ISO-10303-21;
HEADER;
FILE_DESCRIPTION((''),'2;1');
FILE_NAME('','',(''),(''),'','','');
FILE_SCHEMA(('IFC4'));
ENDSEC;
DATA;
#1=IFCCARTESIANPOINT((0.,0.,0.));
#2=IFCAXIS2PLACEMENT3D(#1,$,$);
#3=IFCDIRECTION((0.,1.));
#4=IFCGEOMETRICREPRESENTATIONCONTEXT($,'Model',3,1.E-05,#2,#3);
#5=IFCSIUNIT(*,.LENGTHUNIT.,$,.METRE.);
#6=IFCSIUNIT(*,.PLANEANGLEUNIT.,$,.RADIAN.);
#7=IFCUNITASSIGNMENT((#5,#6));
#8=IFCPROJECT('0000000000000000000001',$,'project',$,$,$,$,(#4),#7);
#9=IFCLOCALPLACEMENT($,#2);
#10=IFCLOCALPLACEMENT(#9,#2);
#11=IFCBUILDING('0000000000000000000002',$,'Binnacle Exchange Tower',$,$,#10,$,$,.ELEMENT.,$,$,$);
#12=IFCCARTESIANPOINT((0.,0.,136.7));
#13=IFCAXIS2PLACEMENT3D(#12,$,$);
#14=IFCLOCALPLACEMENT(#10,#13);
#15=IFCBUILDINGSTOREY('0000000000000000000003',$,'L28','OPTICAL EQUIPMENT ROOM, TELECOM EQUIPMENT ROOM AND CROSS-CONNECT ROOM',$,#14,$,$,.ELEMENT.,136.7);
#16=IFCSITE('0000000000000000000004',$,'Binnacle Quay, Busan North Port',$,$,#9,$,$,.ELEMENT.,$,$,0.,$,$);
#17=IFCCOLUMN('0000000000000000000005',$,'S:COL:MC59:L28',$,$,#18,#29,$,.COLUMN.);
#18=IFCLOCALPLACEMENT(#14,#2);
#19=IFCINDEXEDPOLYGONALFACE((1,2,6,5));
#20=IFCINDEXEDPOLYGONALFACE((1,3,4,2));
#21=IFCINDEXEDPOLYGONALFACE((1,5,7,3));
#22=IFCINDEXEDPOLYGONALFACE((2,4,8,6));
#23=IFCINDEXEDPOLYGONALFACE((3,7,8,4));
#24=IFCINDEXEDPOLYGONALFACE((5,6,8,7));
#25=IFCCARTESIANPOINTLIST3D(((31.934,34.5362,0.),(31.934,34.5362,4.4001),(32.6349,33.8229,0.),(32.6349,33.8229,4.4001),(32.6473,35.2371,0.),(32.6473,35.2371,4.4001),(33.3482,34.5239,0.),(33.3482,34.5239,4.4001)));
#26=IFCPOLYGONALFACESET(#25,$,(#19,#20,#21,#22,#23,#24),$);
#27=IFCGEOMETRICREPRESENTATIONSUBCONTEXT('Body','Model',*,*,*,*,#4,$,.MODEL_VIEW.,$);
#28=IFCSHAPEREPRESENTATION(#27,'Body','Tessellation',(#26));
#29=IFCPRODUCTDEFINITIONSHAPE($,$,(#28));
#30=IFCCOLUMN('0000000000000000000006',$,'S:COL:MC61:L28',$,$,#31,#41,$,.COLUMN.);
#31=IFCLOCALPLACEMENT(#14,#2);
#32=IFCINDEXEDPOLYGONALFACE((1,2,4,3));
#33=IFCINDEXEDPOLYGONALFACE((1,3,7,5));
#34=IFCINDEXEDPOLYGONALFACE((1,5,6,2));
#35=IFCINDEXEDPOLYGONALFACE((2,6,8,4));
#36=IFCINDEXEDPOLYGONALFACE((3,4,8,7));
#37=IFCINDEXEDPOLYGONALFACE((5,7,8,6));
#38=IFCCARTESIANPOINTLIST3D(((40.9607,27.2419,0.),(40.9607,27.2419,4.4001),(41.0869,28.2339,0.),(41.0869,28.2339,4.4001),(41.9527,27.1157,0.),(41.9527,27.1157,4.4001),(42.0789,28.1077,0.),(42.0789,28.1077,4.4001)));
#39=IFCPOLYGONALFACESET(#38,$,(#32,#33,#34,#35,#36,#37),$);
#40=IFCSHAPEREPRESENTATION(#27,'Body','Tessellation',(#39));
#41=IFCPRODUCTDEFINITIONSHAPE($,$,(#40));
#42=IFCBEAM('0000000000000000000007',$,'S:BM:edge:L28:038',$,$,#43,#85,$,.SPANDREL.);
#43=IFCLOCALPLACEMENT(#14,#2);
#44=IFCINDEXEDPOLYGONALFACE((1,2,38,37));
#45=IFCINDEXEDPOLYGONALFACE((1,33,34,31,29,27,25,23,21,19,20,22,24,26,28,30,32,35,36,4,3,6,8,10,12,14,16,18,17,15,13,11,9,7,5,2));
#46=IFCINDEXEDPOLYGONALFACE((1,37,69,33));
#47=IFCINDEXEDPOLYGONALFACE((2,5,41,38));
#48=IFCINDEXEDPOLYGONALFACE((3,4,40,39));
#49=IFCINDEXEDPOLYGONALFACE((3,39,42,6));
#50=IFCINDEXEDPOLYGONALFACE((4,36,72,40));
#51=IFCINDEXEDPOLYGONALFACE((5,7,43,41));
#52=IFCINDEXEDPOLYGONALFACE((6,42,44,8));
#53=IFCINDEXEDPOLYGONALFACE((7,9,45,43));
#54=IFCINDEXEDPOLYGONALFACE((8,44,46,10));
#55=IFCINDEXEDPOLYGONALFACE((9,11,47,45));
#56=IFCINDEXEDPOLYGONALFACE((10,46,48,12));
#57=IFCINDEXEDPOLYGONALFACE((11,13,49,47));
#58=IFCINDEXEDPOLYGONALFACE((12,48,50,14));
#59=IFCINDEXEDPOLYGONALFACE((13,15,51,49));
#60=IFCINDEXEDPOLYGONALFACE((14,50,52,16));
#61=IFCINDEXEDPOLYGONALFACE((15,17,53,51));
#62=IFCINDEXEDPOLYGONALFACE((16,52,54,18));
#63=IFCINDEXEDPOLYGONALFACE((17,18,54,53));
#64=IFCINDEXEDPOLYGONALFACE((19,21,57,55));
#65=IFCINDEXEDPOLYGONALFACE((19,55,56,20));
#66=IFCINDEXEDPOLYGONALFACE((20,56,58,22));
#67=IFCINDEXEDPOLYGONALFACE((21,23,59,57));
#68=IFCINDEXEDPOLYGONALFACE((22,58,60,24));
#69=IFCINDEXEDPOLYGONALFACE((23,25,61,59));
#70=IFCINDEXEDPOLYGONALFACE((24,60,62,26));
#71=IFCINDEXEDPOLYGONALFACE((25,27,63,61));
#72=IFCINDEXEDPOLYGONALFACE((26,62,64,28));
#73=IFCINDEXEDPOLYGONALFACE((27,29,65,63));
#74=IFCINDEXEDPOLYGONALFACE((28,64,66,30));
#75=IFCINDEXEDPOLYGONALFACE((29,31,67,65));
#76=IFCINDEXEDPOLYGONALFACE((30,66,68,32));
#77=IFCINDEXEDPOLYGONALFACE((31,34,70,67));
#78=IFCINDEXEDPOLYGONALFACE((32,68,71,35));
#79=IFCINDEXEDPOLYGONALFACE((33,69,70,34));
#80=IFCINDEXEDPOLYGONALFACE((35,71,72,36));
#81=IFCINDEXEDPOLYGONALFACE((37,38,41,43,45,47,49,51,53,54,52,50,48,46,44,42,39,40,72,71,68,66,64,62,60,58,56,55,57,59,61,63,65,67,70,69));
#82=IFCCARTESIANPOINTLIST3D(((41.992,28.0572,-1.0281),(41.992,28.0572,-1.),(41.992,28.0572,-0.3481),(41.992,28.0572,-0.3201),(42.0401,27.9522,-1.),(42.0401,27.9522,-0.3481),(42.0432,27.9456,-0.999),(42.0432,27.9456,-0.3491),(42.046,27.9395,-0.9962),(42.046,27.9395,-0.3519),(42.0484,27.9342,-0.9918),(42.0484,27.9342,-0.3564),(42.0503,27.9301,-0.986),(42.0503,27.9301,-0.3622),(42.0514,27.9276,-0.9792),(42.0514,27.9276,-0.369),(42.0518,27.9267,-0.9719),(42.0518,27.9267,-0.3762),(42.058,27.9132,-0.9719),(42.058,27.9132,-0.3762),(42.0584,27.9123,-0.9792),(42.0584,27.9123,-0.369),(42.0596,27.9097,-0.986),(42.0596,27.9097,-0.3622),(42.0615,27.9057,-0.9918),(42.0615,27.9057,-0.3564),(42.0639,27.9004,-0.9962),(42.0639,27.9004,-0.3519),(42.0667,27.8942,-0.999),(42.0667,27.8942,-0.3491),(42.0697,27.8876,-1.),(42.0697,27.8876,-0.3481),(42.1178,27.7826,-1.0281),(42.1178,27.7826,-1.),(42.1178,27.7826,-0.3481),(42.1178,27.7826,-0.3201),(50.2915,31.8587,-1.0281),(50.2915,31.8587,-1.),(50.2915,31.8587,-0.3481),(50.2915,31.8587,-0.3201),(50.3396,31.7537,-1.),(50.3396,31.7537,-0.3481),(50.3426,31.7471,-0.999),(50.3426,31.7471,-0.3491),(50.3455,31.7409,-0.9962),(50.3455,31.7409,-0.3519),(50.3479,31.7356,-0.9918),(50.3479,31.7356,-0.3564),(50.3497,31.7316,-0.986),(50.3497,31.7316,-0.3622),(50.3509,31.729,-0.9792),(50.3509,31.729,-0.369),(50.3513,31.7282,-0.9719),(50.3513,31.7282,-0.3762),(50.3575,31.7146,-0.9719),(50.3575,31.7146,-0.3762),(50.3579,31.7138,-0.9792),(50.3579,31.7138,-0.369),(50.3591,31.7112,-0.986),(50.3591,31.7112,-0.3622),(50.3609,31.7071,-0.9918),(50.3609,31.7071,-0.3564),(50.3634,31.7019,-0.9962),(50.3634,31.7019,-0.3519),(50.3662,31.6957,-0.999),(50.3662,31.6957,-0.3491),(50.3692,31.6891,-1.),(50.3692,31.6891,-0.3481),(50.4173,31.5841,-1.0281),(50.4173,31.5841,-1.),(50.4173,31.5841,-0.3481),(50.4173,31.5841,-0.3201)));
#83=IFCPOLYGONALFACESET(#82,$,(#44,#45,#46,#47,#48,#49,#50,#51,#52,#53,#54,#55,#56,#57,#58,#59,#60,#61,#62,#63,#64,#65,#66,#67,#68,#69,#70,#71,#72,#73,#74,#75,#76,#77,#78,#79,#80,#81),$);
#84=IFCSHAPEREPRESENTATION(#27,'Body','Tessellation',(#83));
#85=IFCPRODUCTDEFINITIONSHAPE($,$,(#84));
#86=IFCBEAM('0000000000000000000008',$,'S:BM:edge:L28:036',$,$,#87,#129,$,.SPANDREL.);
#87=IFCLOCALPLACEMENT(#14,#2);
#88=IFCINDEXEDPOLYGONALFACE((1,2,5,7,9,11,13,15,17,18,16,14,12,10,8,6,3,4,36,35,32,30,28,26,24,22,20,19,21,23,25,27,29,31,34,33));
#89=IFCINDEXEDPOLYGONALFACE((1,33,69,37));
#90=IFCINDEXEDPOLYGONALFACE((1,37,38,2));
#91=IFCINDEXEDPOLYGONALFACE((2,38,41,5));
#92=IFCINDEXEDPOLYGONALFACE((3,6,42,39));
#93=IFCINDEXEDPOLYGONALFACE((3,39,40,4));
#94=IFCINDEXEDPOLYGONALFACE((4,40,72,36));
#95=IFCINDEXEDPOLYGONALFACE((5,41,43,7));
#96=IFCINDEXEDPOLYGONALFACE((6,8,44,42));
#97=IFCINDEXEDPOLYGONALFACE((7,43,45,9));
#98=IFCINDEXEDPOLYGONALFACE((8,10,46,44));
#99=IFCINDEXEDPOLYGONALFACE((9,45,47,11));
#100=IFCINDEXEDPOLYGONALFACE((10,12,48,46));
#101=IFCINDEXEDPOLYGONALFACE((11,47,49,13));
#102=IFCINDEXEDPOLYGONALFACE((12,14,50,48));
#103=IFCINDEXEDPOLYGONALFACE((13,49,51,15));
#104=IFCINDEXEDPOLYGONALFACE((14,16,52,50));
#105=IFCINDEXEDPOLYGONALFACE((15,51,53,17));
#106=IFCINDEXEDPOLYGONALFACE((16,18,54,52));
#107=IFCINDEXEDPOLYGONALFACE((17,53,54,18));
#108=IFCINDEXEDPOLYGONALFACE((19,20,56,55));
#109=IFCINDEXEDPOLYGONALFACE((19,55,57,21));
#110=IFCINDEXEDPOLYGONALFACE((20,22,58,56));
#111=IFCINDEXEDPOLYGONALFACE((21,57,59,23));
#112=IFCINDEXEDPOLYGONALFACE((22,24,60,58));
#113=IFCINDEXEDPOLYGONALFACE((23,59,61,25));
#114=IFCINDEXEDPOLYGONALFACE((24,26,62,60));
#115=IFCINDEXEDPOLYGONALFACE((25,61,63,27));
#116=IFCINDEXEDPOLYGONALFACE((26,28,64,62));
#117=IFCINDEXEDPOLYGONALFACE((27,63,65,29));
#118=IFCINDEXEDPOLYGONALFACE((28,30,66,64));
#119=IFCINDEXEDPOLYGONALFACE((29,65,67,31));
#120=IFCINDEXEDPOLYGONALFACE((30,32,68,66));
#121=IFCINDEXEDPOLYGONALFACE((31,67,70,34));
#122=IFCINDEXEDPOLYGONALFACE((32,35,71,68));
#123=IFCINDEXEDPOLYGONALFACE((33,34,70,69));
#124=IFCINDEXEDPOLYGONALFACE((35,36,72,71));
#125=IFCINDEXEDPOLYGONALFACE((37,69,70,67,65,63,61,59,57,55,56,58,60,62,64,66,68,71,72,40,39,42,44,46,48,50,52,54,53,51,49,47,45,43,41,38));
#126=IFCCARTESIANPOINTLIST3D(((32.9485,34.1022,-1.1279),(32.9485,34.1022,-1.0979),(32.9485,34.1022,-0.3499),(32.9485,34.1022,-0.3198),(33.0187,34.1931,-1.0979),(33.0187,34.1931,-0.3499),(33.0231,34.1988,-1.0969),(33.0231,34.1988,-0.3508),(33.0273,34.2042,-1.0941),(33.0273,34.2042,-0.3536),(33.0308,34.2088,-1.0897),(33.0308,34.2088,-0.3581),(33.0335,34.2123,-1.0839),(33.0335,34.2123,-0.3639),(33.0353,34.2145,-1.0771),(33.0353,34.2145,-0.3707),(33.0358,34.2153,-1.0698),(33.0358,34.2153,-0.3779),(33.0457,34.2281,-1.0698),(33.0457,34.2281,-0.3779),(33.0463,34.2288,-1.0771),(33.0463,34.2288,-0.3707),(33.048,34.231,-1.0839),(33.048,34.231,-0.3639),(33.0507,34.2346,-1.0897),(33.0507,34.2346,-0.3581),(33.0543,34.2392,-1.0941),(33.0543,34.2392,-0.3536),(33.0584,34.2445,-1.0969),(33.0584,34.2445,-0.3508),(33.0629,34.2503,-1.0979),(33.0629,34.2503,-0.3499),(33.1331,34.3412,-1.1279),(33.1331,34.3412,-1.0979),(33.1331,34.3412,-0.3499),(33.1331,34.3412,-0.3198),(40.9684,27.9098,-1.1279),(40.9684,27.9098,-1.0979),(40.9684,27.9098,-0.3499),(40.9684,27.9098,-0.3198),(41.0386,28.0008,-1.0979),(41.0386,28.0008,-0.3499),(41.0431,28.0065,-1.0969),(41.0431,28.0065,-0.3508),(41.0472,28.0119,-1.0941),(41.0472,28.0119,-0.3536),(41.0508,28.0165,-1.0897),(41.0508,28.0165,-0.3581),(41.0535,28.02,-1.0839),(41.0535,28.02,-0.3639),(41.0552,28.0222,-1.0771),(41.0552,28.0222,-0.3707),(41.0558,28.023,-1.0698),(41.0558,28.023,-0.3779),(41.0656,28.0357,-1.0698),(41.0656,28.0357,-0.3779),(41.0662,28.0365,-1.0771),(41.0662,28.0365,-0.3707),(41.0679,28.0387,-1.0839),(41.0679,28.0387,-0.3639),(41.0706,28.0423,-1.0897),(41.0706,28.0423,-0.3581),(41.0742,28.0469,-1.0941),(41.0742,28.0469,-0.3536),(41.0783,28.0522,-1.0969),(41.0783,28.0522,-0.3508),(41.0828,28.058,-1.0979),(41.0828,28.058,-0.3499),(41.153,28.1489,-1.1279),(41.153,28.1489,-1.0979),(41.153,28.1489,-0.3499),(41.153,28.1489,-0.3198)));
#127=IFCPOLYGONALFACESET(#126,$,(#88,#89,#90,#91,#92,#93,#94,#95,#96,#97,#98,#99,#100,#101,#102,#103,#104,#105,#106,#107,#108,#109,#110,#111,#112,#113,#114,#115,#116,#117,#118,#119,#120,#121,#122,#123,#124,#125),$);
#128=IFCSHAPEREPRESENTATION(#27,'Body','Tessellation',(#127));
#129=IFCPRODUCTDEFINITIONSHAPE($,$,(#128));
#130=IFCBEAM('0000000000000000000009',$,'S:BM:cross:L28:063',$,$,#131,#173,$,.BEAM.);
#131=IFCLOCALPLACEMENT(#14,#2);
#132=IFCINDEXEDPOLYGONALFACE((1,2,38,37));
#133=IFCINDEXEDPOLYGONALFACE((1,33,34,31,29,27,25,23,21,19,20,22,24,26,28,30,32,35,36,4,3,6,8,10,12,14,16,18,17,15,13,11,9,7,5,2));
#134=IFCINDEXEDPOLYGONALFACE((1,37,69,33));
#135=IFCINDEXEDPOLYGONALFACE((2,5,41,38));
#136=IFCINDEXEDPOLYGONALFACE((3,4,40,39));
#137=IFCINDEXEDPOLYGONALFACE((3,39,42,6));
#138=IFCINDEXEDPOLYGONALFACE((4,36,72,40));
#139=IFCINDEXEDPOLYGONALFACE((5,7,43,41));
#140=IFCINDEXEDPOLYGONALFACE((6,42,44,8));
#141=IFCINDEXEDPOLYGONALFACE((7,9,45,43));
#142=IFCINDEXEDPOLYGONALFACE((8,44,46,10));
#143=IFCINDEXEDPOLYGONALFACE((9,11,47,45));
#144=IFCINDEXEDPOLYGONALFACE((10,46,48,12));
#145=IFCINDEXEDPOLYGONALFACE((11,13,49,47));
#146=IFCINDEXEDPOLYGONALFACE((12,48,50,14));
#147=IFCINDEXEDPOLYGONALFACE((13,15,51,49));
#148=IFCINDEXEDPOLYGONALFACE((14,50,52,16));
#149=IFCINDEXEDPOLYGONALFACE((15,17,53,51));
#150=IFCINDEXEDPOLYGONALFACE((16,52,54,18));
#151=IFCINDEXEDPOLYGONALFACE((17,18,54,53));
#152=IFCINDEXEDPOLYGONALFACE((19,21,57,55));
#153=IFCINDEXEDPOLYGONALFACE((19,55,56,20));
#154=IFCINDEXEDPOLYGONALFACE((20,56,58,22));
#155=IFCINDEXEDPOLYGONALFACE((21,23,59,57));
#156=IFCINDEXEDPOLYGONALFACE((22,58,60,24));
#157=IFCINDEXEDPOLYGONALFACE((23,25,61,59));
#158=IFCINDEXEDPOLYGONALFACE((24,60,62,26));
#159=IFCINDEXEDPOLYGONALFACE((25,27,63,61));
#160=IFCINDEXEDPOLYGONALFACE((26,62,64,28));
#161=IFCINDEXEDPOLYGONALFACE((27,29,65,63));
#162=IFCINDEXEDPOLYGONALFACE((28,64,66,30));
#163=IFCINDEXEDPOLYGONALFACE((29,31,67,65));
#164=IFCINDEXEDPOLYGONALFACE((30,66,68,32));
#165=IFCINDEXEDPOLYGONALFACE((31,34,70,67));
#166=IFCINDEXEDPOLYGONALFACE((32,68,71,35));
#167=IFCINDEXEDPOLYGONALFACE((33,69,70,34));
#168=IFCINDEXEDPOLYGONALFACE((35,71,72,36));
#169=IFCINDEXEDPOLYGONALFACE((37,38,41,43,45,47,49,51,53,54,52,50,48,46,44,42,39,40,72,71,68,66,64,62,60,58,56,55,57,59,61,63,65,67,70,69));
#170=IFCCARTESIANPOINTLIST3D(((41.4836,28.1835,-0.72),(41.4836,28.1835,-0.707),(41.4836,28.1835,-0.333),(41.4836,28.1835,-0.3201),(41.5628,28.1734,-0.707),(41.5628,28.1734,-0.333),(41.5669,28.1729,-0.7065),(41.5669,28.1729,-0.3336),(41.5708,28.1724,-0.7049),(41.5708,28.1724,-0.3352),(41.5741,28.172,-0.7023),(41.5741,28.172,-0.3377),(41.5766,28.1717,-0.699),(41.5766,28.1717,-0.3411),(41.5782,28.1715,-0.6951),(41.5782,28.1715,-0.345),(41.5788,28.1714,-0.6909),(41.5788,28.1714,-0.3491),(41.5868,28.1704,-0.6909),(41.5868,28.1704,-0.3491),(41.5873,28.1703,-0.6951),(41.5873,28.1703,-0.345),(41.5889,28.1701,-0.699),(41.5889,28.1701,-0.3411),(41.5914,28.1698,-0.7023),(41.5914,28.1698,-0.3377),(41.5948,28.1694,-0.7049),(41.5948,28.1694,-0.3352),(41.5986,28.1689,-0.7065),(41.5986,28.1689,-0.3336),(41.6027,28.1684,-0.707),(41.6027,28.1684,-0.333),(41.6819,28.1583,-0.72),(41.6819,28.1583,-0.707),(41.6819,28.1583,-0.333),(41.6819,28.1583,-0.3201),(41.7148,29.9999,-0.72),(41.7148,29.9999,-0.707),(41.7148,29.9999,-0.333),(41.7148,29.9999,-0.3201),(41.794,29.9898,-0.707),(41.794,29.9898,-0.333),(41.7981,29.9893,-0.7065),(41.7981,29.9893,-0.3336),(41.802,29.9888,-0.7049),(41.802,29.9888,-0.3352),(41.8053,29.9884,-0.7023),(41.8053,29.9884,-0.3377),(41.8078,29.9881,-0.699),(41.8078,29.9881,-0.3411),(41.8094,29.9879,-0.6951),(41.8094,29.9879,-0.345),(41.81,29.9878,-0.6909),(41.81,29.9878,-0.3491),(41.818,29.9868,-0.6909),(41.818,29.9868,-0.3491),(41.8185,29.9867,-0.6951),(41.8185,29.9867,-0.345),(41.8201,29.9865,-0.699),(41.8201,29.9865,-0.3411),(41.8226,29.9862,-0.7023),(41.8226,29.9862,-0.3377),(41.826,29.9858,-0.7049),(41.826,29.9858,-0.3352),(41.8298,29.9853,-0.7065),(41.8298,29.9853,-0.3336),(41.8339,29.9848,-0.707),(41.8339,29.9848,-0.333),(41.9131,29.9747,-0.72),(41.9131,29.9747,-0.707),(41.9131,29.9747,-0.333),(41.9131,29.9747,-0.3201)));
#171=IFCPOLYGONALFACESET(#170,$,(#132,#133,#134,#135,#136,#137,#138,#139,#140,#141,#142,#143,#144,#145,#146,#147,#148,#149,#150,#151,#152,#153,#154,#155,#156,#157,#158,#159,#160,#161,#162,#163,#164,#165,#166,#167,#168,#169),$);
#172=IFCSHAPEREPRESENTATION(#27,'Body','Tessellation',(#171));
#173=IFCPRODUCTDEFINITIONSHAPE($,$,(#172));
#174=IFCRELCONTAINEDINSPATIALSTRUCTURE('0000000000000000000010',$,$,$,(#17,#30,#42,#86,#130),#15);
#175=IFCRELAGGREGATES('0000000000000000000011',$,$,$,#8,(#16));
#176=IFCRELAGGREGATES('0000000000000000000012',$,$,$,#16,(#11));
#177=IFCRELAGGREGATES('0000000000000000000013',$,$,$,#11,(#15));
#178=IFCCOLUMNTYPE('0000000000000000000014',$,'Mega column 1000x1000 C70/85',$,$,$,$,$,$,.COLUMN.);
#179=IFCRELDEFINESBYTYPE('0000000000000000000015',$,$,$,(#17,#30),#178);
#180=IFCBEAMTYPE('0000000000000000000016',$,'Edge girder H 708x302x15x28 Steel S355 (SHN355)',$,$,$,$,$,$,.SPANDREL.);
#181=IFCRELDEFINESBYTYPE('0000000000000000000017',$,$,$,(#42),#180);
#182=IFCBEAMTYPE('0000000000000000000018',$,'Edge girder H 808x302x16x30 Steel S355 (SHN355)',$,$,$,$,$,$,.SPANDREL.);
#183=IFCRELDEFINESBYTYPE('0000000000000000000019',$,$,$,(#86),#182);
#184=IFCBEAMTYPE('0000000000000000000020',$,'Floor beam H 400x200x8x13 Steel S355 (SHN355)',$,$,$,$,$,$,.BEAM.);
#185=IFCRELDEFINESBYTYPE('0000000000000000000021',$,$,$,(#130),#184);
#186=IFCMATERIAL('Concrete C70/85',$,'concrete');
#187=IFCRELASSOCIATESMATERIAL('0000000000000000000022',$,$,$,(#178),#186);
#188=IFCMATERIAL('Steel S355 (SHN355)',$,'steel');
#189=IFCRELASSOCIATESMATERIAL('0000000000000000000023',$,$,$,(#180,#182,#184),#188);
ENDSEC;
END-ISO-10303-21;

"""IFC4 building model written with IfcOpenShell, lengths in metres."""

from ifc_helpers import new_model, si_unit, direction, frame, origin, origin_2d, place, context, subcontext, project, spatial, rectangle, i_section, extrude, material, material_profile, profile_set, type_object, element, save


model = new_model("IFC4")

# Units and contexts
model_context = context("Model", 3, precision=1e-05, world=origin(), true_north=direction((0.0, 1.0)))
body_context = subcontext(model_context, "Body", "Model", "MODEL_VIEW")
ifc_project = project(units=[si_unit("LENGTHUNIT", "METRE"), si_unit("PLANEANGLEUNIT", "RADIAN")], contexts=[model_context])

# Site, building, storey
site_placement = place(None, origin())
site = spatial("IfcSite", under=ifc_project, at=site_placement, Name="Binnacle Quay, Busan North Port", CompositionType="ELEMENT", RefElevation=0.0)
building_placement = place(site_placement, origin())
building = spatial("IfcBuilding", under=site, at=building_placement, Name="Binnacle Exchange Tower", CompositionType="ELEMENT")
storey_placement = place(building_placement, frame((0.0, 0.0, 136.7)))
storey = spatial("IfcBuildingStorey", under=building, at=storey_placement, Name="L28", Description="OPTICAL EQUIPMENT ROOM, TELECOM EQUIPMENT ROOM AND CROSS-CONNECT ROOM", CompositionType="ELEMENT", Elevation=136.7)

# Columns
ifc_material_1 = material(Name="Concrete C70/85", Category="concrete")
ifc_material_profile_1 = material_profile(ifc_material_1, rectangle(XDim=1.0, YDim=1.0, at=origin_2d()), Name="Mega column 1000x1000 C70/85")
ifc_profile_set_1 = profile_set([ifc_material_profile_1], Name="Concrete C70/85")
column_type = type_object("IfcColumnType", Name="Mega column 1000x1000 C70/85", PredefinedType="COLUMN", material=ifc_profile_set_1)
for number, where, z_axis, x_axis, name in (
    (1, (32.6411, 34.53, 0.0), (0.0, 0.0, 1.0), (0.700909, -0.71325, 0.0), "S:COL:MC59:L28"),
    (2, (41.5198, 27.6748, 0.0), (0.0, 0.0, 1.0), (0.992005, -0.126199, 0.0), "S:COL:MC61:L28"),
):
    element("IfcColumn", number, at=place(storey_placement, frame(where, z_axis=z_axis, x_axis=x_axis)), inside=storey, type_object=column_type, Name=name, PredefinedType="COLUMN", context=body_context, shape_type="SweptSolid", body=[
        extrude(rectangle(XDim=1.0, YDim=1.0, at=origin_2d()), origin(), (0.0, 0.0, 1.0), 4.4001),
    ])

# Beams
ifc_material_2 = material(Name="Steel S355 (SHN355)", Category="steel")
ifc_material_profile_2 = material_profile(ifc_material_2, i_section(OverallWidth=0.302, OverallDepth=0.708, WebThickness=0.0149, FlangeThickness=0.0281, FilletRadius=0.0281, at=origin_2d()), Name="H 708x302x15x28")
ifc_profile_set_2 = profile_set([ifc_material_profile_2], Name="Steel S355 (SHN355)")
beam_type_1 = type_object("IfcBeamType", Name="Edge girder H 708x302x15x28 Steel S355 (SHN355)", PredefinedType="SPANDREL", material=ifc_profile_set_2)
beam_1_placement = place(storey_placement, frame((42.0549, 27.9199, -0.6741), z_axis=(0.909167, 0.416433, 0.0), x_axis=(-0.416433, 0.909167, 0.0)))
element("IfcBeam", 3, at=beam_1_placement, inside=storey, type_object=beam_type_1, Name="S:BM:edge:L28:038", PredefinedType="SPANDREL", context=body_context, shape_type="SweptSolid", body=[
    extrude(i_section(OverallWidth=0.302, OverallDepth=0.708, WebThickness=0.0149, FlangeThickness=0.0281, FilletRadius=0.0281, at=origin_2d()), origin(), (0.0, 0.0, 1.0), 9.1287),
])
ifc_material_profile_3 = material_profile(ifc_material_2, i_section(OverallWidth=0.302, OverallDepth=0.8081, WebThickness=0.0161, FlangeThickness=0.03, FilletRadius=0.0281, at=origin_2d()), Name="H 808x302x16x30")
ifc_profile_set_3 = profile_set([ifc_material_profile_3], Name="Steel S355 (SHN355)")
beam_type_2 = type_object("IfcBeamType", Name="Edge girder H 808x302x16x30 Steel S355 (SHN355)", PredefinedType="SPANDREL", material=ifc_profile_set_3)
beam_2_placement = place(storey_placement, frame((33.0408, 34.2217, -0.7239), z_axis=(0.791519, -0.611144, 0.0), x_axis=(0.611144, 0.791519, 0.0)))
element("IfcBeam", 4, at=beam_2_placement, inside=storey, type_object=beam_type_2, Name="S:BM:edge:L28:036", PredefinedType="SPANDREL", context=body_context, shape_type="SweptSolid", body=[
    extrude(i_section(OverallWidth=0.302, OverallDepth=0.8081, WebThickness=0.0161, FlangeThickness=0.03, FilletRadius=0.0281, at=origin_2d()), origin(), (0.0, 0.0, 1.0), 10.1323),
])
ifc_material_profile_4 = material_profile(ifc_material_2, i_section(OverallWidth=0.2, OverallDepth=0.3999, WebThickness=0.0081, FlangeThickness=0.0129, FilletRadius=0.0161, at=origin_2d()), Name="H 400x200x8x13")
ifc_profile_set_4 = profile_set([ifc_material_profile_4], Name="Steel S355 (SHN355)")
beam_type_3 = type_object("IfcBeamType", Name="Floor beam H 400x200x8x13 Steel S355 (SHN355)", PredefinedType="BEAM", material=ifc_profile_set_4)
beam_3_placement = place(storey_placement, frame((41.5828, 28.1709, -0.52), z_axis=(0.126266, 0.991996, 0.0), x_axis=(-0.991996, 0.126266, 0.0)))
element("IfcBeam", 5, at=beam_3_placement, inside=storey, type_object=beam_type_3, Name="S:BM:cross:L28:063", PredefinedType="BEAM", context=body_context, shape_type="SweptSolid", body=[
    extrude(i_section(OverallWidth=0.2, OverallDepth=0.3999, WebThickness=0.0081, FlangeThickness=0.0129, FilletRadius=0.0161, at=origin_2d()), origin(), (0.0, 0.0, 1.0), 1.8311),
])

save(model, "model.ifc")
